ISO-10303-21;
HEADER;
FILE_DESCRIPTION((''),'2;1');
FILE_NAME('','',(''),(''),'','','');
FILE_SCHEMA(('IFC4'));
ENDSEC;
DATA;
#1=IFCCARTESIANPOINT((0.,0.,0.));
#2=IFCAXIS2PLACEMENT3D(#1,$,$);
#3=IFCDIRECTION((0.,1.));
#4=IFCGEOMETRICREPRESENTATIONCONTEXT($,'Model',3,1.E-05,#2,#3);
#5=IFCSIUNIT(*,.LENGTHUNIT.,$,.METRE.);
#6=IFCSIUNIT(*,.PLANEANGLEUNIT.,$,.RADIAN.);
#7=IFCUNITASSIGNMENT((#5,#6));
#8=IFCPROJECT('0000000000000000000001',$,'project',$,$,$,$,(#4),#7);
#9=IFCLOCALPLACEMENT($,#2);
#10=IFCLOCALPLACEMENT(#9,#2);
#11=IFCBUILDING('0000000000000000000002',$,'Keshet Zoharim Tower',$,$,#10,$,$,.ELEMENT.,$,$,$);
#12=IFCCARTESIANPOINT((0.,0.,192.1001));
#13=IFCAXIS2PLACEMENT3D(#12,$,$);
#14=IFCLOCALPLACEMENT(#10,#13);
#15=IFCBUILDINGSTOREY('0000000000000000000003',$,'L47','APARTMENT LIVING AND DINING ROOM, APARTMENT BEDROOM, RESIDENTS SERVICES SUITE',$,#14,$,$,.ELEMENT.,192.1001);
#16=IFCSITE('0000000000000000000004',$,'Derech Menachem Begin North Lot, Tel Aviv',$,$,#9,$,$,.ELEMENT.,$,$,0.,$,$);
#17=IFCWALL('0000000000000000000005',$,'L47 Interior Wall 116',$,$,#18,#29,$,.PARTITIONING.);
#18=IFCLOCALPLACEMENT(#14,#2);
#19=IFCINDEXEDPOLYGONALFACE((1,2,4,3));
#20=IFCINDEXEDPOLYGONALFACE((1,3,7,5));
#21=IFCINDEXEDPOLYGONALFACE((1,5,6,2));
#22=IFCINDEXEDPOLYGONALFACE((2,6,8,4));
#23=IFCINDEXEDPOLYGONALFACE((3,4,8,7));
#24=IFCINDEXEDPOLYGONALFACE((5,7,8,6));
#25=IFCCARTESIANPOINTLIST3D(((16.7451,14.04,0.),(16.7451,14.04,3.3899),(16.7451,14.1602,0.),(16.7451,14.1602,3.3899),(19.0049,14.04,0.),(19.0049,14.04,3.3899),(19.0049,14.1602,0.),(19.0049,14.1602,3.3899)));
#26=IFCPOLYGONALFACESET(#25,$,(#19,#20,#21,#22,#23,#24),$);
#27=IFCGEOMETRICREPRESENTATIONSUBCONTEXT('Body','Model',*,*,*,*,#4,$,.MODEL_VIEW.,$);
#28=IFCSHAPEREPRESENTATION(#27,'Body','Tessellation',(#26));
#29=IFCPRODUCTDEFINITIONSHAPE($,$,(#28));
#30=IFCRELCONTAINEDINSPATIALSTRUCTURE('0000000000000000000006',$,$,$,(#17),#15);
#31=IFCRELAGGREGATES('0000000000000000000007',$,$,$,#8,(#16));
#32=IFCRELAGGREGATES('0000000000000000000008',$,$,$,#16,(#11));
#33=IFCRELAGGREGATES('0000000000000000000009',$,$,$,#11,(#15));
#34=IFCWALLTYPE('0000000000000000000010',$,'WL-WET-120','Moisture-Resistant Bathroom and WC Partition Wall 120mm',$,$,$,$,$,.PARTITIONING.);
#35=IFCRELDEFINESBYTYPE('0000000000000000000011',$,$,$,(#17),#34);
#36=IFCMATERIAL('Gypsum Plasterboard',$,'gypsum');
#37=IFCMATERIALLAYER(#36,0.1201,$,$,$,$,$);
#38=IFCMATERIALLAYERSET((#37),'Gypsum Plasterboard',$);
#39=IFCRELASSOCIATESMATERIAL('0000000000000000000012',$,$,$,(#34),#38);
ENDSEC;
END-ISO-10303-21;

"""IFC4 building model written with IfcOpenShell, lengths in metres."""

from ifc_helpers import new_model, si_unit, direction, frame, frame_2d, origin, place, context, subcontext, project, spatial, rectangle, extrude, material, layer, layer_set, type_object, element, save


model = new_model("IFC4")

# Units and contexts
model_context = context("Model", 3, precision=1e-05, world=origin(), true_north=direction((0.0, 1.0)))
body_context = subcontext(model_context, "Body", "Model", "MODEL_VIEW")
ifc_project = project(units=[si_unit("LENGTHUNIT", "METRE"), si_unit("PLANEANGLEUNIT", "RADIAN")], contexts=[model_context])

# Site, building, storey
site_placement = place(None, origin())
site = spatial("IfcSite", under=ifc_project, at=site_placement, Name="Derech Menachem Begin North Lot, Tel Aviv", CompositionType="ELEMENT", RefElevation=0.0)
building_placement = place(site_placement, origin())
building = spatial("IfcBuilding", under=site, at=building_placement, Name="Keshet Zoharim Tower", CompositionType="ELEMENT")
storey_placement = place(building_placement, frame((0.0, 0.0, 192.1001)))
storey = spatial("IfcBuildingStorey", under=building, at=storey_placement, Name="L47", Description="APARTMENT LIVING AND DINING ROOM, APARTMENT BEDROOM, RESIDENTS SERVICES SUITE", CompositionType="ELEMENT", Elevation=192.1001)

# Shared definitions
ifc_material_1 = material(Name="Gypsum Plasterboard", Category="gypsum")

# Shared definitions
ifc_layer_1 = layer(ifc_material_1, 0.1201)
ifc_layer_set_1 = layer_set([ifc_layer_1], Name="Gypsum Plasterboard")
wall_type_1 = type_object("IfcWallType", Name="WL-WET-120", Description="Moisture-Resistant Bathroom and WC Partition Wall 120mm", PredefinedType="PARTITIONING", material=ifc_layer_set_1)

# Wall
for number, where, z_axis, x_axis, name in (
    (1, (16.7451, 14.1001, 0.0), (0.0, 0.0, 1.0), (1.0, 0.0, 0.0), "L47 Interior Wall 116"),
):
    element("IfcWall", number, at=place(storey_placement, frame(where, z_axis=z_axis, x_axis=x_axis)), inside=storey, type_object=wall_type_1, Name=name, PredefinedType="PARTITIONING", context=body_context, shape_type="SweptSolid", body=[
        extrude(rectangle(XDim=2.2598, YDim=0.1201, at=frame_2d((1.1299, 0.0))), origin(), (0.0, 0.0, 1.0), 3.3899),
    ])

save(model, "model.ifc")
